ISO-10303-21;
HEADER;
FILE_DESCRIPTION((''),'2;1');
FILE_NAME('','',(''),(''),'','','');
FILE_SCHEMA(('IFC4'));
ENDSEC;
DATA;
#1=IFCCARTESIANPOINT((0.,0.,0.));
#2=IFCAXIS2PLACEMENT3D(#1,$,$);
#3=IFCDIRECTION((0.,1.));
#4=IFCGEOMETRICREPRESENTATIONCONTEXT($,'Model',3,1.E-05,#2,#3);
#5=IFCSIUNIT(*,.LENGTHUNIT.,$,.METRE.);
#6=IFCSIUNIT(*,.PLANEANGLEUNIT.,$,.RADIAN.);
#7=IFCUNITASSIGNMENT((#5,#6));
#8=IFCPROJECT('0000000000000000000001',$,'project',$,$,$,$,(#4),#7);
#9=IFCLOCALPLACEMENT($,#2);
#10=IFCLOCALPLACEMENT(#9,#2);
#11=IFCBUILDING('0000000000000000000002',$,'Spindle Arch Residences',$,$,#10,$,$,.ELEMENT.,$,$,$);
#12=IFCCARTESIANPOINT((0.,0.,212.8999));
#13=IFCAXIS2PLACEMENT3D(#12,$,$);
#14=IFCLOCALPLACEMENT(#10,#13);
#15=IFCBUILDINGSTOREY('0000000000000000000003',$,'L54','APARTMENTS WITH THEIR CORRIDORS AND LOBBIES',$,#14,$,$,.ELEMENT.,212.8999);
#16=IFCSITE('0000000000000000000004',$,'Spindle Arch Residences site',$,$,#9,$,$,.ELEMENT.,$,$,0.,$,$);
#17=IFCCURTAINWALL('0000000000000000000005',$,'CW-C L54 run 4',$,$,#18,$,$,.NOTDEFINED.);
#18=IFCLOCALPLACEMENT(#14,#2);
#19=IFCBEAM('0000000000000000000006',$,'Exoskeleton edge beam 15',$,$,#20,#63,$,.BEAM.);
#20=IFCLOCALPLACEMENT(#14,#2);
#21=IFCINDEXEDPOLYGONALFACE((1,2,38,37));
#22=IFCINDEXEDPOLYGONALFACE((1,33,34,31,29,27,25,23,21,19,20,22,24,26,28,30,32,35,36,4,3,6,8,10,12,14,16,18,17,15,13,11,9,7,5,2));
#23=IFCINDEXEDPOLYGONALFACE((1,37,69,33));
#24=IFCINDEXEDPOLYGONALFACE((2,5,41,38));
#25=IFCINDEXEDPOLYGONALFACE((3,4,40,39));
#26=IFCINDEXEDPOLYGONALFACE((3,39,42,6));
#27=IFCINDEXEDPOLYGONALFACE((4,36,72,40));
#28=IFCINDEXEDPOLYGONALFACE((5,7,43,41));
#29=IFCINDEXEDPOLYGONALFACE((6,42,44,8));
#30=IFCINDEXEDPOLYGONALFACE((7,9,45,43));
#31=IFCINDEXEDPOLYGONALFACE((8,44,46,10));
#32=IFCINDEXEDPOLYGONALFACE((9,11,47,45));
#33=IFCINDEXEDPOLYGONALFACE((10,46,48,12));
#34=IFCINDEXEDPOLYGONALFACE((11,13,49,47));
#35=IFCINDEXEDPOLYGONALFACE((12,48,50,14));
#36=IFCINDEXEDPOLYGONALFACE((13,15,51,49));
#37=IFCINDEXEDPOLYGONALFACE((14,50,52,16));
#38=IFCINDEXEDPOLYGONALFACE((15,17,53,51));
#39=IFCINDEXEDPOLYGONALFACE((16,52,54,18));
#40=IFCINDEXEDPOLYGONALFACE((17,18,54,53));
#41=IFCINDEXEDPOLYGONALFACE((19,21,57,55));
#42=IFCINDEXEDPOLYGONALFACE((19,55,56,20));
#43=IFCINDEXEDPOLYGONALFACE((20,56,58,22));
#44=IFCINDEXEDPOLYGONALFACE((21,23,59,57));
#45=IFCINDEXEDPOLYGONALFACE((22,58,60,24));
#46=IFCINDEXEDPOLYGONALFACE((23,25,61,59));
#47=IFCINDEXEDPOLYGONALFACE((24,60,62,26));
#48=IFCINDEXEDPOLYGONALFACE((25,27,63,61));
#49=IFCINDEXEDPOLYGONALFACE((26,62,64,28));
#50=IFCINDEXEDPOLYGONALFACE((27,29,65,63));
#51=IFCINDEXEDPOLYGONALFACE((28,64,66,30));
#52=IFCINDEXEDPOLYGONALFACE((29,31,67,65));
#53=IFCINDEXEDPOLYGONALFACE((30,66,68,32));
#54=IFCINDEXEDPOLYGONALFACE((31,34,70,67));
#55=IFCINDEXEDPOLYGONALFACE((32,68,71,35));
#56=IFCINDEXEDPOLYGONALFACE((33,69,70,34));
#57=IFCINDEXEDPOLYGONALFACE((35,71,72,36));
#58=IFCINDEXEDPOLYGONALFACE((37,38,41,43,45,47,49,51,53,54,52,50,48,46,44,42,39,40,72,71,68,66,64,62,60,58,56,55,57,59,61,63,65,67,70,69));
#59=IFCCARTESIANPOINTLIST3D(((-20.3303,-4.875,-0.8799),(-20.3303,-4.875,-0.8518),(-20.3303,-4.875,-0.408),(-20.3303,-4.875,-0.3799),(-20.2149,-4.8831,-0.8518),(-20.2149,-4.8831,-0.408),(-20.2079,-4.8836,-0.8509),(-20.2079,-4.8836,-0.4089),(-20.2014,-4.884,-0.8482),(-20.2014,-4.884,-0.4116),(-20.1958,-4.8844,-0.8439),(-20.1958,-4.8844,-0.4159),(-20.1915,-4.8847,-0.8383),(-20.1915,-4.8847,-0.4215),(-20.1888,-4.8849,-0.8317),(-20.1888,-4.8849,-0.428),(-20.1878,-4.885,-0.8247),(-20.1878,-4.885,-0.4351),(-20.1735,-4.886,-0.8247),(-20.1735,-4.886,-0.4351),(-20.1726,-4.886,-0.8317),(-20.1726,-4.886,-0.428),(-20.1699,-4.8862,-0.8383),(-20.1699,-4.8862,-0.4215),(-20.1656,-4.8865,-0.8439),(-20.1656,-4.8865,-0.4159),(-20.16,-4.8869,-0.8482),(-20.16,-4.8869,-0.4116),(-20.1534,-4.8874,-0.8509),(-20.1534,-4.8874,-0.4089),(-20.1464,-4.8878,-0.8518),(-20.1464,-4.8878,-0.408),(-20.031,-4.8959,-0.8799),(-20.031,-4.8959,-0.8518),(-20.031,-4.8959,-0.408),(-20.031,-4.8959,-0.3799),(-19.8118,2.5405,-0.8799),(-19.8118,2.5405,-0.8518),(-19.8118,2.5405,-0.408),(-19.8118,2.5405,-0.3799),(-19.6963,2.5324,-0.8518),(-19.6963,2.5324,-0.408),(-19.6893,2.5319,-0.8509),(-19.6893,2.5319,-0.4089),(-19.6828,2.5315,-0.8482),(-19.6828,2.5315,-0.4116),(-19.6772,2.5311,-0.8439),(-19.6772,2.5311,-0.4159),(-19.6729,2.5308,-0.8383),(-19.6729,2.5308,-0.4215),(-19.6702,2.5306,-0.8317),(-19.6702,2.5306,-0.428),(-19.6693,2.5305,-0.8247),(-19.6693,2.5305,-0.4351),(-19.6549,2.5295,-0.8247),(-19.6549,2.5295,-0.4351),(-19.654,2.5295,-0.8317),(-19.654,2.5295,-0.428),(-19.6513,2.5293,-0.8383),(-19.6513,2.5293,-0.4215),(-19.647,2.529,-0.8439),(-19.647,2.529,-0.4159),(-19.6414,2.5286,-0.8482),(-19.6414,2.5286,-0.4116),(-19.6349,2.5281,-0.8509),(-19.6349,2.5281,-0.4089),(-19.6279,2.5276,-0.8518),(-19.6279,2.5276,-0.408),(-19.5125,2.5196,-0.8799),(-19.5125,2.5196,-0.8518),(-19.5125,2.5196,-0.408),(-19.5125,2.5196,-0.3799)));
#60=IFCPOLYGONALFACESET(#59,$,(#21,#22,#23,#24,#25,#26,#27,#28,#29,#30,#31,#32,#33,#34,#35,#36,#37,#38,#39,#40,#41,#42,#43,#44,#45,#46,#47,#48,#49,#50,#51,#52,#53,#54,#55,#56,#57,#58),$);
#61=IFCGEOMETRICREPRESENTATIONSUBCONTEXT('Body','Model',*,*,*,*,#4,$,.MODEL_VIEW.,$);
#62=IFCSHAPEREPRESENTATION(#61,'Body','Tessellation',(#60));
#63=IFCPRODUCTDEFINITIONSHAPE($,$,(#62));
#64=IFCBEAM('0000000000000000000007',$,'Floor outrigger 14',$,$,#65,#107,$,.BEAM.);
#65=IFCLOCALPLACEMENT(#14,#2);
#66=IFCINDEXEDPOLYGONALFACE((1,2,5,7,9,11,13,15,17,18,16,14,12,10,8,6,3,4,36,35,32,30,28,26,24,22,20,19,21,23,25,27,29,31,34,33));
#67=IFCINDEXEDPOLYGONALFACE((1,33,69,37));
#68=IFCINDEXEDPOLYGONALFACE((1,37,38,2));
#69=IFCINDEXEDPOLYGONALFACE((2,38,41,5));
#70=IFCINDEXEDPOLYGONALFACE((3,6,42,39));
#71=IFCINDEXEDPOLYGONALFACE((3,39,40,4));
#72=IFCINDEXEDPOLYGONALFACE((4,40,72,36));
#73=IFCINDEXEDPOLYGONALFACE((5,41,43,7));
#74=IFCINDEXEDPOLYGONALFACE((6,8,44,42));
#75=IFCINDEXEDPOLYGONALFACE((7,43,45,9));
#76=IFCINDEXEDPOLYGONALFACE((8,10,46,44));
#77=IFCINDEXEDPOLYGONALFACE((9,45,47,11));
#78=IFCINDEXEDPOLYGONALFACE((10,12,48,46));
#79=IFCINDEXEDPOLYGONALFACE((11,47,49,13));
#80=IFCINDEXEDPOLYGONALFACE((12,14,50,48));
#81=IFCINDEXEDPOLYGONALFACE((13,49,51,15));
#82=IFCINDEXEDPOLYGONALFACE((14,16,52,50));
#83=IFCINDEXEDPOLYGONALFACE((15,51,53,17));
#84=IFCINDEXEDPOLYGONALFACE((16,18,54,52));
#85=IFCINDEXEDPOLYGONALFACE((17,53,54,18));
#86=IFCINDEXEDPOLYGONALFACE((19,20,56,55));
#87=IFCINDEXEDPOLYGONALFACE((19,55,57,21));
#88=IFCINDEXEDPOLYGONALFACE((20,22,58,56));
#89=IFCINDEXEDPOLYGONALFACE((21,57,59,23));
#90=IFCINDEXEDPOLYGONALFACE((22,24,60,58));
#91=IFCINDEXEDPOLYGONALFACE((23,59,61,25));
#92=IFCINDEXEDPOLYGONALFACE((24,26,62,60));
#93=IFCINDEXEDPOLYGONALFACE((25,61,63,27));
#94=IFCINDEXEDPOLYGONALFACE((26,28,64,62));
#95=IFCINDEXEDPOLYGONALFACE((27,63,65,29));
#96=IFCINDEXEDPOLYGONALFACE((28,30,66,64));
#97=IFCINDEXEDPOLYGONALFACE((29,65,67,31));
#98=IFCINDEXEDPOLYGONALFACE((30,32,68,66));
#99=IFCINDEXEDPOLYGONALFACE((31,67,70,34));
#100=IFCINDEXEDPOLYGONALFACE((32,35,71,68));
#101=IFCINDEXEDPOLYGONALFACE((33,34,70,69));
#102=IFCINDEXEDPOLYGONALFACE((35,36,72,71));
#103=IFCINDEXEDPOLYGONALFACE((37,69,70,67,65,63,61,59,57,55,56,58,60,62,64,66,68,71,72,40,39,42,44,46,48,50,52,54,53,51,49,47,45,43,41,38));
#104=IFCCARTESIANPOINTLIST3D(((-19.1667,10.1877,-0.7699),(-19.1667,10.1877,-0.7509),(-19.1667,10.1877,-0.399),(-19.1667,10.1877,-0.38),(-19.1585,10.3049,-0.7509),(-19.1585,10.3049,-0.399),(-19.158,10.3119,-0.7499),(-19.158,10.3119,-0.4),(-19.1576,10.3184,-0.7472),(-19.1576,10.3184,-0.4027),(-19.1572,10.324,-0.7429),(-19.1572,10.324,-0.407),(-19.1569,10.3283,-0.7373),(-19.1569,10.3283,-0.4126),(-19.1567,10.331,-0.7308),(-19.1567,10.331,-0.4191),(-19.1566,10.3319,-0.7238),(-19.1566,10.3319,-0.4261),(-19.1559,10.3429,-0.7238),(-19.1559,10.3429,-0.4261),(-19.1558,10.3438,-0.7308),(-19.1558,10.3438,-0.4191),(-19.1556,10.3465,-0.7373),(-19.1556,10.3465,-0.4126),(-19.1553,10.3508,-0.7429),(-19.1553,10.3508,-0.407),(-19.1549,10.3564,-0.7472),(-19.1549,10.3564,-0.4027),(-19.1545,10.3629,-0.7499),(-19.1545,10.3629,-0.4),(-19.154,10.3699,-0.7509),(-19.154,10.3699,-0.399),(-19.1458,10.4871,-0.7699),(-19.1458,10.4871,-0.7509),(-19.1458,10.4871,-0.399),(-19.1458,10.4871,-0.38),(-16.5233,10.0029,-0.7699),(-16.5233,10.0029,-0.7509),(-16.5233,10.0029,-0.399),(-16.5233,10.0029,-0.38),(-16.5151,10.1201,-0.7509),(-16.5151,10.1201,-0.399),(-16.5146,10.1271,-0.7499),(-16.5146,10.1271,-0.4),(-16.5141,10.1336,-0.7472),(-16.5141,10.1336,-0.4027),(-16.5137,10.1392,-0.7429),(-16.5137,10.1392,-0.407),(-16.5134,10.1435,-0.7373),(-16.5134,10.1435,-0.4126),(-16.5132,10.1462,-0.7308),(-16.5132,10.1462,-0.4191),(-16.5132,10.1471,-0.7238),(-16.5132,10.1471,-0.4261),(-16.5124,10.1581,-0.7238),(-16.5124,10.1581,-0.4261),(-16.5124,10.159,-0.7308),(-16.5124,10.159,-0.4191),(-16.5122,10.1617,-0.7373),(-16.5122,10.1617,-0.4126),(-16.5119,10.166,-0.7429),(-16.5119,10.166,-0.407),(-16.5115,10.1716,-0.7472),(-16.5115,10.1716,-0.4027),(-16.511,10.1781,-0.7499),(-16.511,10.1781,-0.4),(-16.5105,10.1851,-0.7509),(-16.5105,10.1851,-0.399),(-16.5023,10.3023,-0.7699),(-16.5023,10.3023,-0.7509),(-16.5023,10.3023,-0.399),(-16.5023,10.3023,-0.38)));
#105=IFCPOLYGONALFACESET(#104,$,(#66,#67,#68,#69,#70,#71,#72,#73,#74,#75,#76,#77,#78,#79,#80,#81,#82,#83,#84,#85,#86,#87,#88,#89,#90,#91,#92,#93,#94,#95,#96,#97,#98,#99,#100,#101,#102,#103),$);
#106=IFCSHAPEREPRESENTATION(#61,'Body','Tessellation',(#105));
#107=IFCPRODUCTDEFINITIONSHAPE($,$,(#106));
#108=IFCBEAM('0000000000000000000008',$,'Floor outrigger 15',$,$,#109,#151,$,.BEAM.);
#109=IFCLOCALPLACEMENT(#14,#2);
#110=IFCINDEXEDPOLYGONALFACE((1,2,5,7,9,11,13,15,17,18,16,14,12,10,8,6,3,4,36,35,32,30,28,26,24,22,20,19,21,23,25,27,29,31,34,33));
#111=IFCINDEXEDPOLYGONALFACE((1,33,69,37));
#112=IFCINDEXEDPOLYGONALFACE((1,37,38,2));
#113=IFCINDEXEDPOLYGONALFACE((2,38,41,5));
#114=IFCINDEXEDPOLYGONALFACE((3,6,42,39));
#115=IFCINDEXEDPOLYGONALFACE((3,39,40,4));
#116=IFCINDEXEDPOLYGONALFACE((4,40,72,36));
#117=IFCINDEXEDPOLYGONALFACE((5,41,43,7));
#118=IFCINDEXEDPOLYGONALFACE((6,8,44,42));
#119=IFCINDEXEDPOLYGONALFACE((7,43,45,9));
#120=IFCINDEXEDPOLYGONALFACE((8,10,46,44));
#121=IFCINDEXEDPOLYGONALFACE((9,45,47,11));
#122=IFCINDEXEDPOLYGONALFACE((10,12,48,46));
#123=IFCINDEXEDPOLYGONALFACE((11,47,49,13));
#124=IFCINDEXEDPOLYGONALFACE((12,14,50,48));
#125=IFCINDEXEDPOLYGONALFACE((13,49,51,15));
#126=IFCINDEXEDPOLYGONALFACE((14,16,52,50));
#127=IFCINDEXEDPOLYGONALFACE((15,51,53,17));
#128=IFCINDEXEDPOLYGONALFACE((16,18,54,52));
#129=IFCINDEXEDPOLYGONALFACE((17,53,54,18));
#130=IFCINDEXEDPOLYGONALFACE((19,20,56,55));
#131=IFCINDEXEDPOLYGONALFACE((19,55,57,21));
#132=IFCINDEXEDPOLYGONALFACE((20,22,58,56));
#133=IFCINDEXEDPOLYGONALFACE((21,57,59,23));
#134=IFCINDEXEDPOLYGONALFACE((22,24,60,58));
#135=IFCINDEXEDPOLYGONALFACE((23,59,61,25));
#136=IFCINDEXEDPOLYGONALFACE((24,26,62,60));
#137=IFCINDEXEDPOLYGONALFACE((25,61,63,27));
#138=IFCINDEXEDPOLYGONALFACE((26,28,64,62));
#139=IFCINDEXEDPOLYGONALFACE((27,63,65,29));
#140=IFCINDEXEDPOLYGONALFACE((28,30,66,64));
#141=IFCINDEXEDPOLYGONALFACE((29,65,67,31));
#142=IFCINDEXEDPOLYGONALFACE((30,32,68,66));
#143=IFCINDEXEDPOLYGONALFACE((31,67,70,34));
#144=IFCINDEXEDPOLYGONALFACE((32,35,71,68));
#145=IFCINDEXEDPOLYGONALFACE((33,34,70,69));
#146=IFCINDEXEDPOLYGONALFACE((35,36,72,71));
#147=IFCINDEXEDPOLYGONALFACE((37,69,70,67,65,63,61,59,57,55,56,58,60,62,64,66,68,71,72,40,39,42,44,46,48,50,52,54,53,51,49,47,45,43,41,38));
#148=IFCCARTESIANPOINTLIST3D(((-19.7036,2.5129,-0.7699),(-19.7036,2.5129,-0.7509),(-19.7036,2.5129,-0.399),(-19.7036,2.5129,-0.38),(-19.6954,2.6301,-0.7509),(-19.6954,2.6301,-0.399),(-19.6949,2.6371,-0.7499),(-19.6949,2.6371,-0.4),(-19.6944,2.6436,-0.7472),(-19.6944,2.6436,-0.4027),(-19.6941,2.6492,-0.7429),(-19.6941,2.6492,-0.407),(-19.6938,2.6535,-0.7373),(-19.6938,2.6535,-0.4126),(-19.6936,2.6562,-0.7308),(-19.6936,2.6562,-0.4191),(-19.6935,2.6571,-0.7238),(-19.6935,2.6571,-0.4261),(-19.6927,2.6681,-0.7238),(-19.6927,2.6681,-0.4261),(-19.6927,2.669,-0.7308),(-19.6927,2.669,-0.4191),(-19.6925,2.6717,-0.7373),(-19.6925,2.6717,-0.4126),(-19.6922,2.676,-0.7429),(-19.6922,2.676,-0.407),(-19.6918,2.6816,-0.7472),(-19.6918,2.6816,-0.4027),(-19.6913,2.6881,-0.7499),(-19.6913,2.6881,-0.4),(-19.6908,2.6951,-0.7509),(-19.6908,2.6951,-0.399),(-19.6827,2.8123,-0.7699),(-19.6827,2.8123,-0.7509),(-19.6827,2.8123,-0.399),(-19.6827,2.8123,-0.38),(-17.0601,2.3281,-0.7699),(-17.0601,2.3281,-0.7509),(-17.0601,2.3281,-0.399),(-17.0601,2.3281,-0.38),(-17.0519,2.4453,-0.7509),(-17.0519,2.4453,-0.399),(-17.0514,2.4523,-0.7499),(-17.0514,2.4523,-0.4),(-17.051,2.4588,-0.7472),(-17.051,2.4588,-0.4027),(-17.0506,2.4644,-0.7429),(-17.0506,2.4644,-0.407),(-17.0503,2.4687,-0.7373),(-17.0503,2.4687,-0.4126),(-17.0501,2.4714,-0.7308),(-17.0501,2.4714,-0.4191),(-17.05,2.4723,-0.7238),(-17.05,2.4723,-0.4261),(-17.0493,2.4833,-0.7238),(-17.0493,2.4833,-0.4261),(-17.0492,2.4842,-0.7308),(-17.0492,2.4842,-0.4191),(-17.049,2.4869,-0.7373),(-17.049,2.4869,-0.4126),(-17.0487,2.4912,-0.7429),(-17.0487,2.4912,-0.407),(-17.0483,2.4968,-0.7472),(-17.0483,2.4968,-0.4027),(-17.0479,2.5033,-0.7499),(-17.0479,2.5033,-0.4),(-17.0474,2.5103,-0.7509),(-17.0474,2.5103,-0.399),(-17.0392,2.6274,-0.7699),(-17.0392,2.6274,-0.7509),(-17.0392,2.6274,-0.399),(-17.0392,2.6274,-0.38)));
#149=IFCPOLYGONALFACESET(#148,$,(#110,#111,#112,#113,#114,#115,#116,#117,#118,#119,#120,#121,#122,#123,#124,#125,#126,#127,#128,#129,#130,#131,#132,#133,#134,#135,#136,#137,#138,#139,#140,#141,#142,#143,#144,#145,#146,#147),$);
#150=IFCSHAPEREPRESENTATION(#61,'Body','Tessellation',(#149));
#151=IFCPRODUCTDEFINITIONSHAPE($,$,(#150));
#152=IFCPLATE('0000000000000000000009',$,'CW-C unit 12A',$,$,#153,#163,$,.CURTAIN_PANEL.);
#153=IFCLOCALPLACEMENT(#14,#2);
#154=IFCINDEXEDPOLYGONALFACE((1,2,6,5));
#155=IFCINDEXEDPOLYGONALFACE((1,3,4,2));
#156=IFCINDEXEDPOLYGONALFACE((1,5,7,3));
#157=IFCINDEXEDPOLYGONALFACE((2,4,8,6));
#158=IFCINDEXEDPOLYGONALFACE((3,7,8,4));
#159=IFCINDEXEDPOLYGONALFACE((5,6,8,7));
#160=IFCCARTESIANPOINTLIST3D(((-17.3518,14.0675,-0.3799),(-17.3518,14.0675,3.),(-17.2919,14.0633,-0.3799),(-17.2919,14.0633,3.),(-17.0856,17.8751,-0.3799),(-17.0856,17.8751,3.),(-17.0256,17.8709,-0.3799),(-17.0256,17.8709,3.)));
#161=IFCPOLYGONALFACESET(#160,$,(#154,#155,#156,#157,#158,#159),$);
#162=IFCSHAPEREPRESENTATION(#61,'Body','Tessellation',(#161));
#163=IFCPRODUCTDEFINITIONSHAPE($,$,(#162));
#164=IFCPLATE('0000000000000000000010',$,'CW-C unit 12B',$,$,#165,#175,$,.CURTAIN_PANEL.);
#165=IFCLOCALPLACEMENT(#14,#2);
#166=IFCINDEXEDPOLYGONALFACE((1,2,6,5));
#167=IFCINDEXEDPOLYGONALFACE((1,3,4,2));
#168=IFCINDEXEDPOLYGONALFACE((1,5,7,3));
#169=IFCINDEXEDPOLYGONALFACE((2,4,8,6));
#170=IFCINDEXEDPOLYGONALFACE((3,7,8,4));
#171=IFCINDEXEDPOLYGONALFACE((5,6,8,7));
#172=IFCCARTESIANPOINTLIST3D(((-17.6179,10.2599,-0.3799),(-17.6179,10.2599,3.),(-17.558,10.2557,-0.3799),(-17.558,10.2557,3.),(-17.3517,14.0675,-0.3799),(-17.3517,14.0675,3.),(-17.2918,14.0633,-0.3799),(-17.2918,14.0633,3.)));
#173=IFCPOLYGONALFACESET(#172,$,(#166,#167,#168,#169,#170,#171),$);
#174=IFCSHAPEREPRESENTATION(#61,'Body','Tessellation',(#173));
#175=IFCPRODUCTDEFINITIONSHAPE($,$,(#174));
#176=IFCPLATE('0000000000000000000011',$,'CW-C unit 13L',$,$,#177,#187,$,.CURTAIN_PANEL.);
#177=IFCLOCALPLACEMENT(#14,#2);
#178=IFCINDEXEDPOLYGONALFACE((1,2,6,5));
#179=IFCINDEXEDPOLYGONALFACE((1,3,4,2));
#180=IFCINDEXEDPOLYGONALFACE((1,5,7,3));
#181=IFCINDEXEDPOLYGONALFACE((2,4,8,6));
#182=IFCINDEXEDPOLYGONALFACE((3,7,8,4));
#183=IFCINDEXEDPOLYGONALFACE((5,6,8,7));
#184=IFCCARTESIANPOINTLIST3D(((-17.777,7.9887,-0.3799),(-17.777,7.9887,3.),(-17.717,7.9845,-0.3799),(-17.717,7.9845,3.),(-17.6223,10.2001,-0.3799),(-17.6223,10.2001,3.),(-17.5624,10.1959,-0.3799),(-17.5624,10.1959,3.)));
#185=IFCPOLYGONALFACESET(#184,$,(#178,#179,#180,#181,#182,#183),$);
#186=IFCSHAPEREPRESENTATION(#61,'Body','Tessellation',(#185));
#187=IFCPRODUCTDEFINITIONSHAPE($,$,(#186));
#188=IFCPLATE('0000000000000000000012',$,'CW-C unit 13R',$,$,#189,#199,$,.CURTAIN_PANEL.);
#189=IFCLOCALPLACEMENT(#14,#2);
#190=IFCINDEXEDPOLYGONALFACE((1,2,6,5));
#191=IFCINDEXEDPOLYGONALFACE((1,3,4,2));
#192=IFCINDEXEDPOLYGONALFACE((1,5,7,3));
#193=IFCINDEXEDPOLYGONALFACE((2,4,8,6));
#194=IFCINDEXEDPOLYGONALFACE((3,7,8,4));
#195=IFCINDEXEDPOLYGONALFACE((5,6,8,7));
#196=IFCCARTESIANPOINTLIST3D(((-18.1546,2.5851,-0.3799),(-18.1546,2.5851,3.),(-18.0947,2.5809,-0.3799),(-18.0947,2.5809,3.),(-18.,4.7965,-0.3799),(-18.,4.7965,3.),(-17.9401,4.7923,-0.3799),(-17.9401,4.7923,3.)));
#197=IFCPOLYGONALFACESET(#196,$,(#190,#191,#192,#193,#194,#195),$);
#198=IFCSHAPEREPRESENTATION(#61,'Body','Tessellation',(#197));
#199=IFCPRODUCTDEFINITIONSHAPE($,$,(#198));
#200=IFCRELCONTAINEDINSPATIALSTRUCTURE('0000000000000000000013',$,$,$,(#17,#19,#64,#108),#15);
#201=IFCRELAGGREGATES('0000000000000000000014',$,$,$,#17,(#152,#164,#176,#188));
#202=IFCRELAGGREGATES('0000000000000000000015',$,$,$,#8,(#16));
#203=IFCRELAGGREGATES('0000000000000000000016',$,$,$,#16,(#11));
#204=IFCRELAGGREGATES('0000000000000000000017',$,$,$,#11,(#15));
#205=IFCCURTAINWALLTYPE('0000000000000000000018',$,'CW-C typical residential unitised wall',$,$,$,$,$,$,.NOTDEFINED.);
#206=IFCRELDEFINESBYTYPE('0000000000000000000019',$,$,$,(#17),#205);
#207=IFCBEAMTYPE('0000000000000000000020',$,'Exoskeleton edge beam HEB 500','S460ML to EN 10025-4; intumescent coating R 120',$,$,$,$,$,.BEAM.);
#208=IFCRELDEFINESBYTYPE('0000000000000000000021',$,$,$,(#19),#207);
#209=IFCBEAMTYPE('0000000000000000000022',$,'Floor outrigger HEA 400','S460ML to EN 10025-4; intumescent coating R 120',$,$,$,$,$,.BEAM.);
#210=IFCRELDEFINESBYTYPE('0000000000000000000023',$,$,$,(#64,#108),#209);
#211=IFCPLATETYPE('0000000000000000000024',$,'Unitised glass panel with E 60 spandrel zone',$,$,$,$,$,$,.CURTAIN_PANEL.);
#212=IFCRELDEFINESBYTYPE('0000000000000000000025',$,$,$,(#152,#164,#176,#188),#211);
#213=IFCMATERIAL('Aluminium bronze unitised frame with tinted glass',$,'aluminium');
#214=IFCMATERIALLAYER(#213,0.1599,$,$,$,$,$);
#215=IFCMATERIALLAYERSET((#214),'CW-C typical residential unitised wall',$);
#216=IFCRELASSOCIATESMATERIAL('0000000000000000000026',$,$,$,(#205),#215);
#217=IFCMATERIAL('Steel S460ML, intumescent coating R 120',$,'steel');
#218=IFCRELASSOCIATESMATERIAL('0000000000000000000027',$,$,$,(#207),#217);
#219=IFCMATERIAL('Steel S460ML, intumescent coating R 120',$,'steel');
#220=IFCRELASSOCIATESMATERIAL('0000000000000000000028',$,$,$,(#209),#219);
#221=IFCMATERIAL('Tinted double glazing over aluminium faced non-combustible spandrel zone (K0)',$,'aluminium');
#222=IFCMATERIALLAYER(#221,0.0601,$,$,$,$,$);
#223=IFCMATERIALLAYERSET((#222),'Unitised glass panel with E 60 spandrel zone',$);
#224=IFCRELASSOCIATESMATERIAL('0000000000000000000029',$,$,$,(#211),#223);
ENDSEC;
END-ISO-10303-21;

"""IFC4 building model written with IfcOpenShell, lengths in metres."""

from ifc_helpers import new_model, si_unit, direction, frame, origin, origin_2d, place, context, subcontext, project, spatial, rectangle, i_section, extrude, material, layer, layer_set, material_profile, profile_set, type_object, element, aggregate, save


model = new_model("IFC4")

# Units and contexts
model_context = context("Model", 3, precision=1e-05, world=origin(), true_north=direction((0.0, 1.0)))
body_context = subcontext(model_context, "Body", "Model", "MODEL_VIEW")
ifc_project = project(units=[si_unit("LENGTHUNIT", "METRE"), si_unit("PLANEANGLEUNIT", "RADIAN")], contexts=[model_context])

# Site, building, storey
site_placement = place(None, origin())
site = spatial("IfcSite", under=ifc_project, at=site_placement, Name="Spindle Arch Residences site", CompositionType="ELEMENT", RefElevation=0.0)
building_placement = place(site_placement, origin())
building = spatial("IfcBuilding", under=site, at=building_placement, Name="Spindle Arch Residences", CompositionType="ELEMENT")
storey_placement = place(building_placement, frame((0.0, 0.0, 212.8999)))
storey = spatial("IfcBuildingStorey", under=building, at=storey_placement, Name="L54", Description="APARTMENTS WITH THEIR CORRIDORS AND LOBBIES", CompositionType="ELEMENT", Elevation=212.8999)

# Curtain wall
ifc_material_1 = material(Name="Aluminium bronze unitised frame with tinted glass", Category="aluminium")
ifc_layer_1 = layer(ifc_material_1, 0.1599)
ifc_layer_set_1 = layer_set([ifc_layer_1], Name="CW-C typical residential unitised wall")
curtain_wall_type = type_object("IfcCurtainWallType", Name="CW-C typical residential unitised wall", PredefinedType="NOTDEFINED", material=ifc_layer_set_1)
curtain_wall_placement = place(storey_placement, origin())
curtain_wall = element("IfcCurtainWall", 1, at=curtain_wall_placement, inside=storey, type_object=curtain_wall_type, Name="CW-C L54 run 4", PredefinedType="NOTDEFINED")

# Beams
ifc_material_2 = material(Name="Steel S460ML, intumescent coating R 120", Category="steel")
ifc_material_profile_1 = material_profile(ifc_material_2, i_section(OverallWidth=0.3, OverallDepth=0.5, WebThickness=0.0144, FlangeThickness=0.0281, FilletRadius=0.0271, at=origin_2d()), Name="HEB 500")
ifc_profile_set_1 = profile_set([ifc_material_profile_1], Name="Steel S460ML, intumescent coating R 120")
beam_type_1 = type_object("IfcBeamType", Name="Exoskeleton edge beam HEB 500", Description="S460ML to EN 10025-4; intumescent coating R 120", PredefinedType="BEAM", material=ifc_profile_set_1)
beam_1_placement = place(storey_placement, frame((-19.6621, 2.53, -0.6299), z_axis=(-0.069758, -0.997564, 0.0), x_axis=(0.997564, -0.069758, 0.0)))
element("IfcBeam", 2, at=beam_1_placement, inside=storey, type_object=beam_type_1, Name="Exoskeleton edge beam 15", PredefinedType="BEAM", context=body_context, shape_type="SweptSolid", body=[
    extrude(i_section(OverallWidth=0.3, OverallDepth=0.5, WebThickness=0.0144, FlangeThickness=0.0281, FilletRadius=0.0271, at=origin_2d()), origin(), (0.0, 0.0, 1.0), 7.4336),
])
ifc_material_3 = material(Name="Steel S460ML, intumescent coating R 120", Category="steel")
ifc_material_profile_2 = material_profile(ifc_material_3, i_section(OverallWidth=0.3, OverallDepth=0.3899, WebThickness=0.011, FlangeThickness=0.019, FilletRadius=0.0271, at=origin_2d()), Name="HEA 400")
ifc_profile_set_2 = profile_set([ifc_material_profile_2], Name="Steel S460ML, intumescent coating R 120")
beam_type_2 = type_object("IfcBeamType", Name="Floor outrigger HEA 400", Description="S460ML to EN 10025-4; intumescent coating R 120", PredefinedType="BEAM", material=ifc_profile_set_2)
for number, where, z_axis, x_axis, name in (
    (3, (-19.1562, 10.3374, -0.575), (0.997565, -0.069741, 0.0), (0.069741, 0.997565, 0.0), "Floor outrigger 14"),
    (4, (-19.6931, 2.6626, -0.575), (0.997565, -0.069741, 0.0), (0.069741, 0.997565, 0.0), "Floor outrigger 15"),
):
    element("IfcBeam", number, at=place(storey_placement, frame(where, z_axis=z_axis, x_axis=x_axis)), inside=storey, type_object=beam_type_2, Name=name, PredefinedType="BEAM", context=body_context, shape_type="SweptSolid", body=[
        extrude(i_section(OverallWidth=0.3, OverallDepth=0.3899, WebThickness=0.011, FlangeThickness=0.019, FilletRadius=0.0271, at=origin_2d()), origin(), (0.0, 0.0, 1.0), 2.6499),
    ])

# Plates
ifc_material_4 = material(Name="Tinted double glazing over aluminium faced non-combustible spandrel zone (K0)", Category="aluminium")
ifc_layer_2 = layer(ifc_material_4, 0.0601)
ifc_layer_set_2 = layer_set([ifc_layer_2], Name="Unitised glass panel with E 60 spandrel zone")
plate_type = type_object("IfcPlateType", Name="Unitised glass panel with E 60 spandrel zone", PredefinedType="CURTAIN_PANEL", material=ifc_layer_set_2)
plate_1_placement = place(storey_placement, frame((-17.1887, 15.9692, -0.3799), z_axis=(0.0, 0.0, 1.0), x_axis=(-0.069756, -0.997564, 0.0)))
plate_1 = element("IfcPlate", 5, at=plate_1_placement, type_object=plate_type, Name="CW-C unit 12A", PredefinedType="CURTAIN_PANEL", context=body_context, shape_type="SweptSolid", body=[
    extrude(rectangle(XDim=3.8169, YDim=0.0601, at=origin_2d()), origin(), (0.0, 0.0, 1.0), 3.3799),
])
plate_2_placement = place(storey_placement, frame((-17.4548, 12.1616, -0.3799), z_axis=(0.0, 0.0, 1.0), x_axis=(-0.069756, -0.997564, 0.0)))
plate_2 = element("IfcPlate", 6, at=plate_2_placement, type_object=plate_type, Name="CW-C unit 12B", PredefinedType="CURTAIN_PANEL", context=body_context, shape_type="SweptSolid", body=[
    extrude(rectangle(XDim=3.8169, YDim=0.0601, at=origin_2d()), origin(), (0.0, 0.0, 1.0), 3.3799),
])
plate_3_placement = place(storey_placement, frame((-17.6697, 9.0923, -0.3799), z_axis=(0.0, 0.0, 1.0), x_axis=(-0.069756, -0.997564, 0.0)))
plate_3 = element("IfcPlate", 7, at=plate_3_placement, type_object=plate_type, Name="CW-C unit 13L", PredefinedType="CURTAIN_PANEL", context=body_context, shape_type="SweptSolid", body=[
    extrude(rectangle(XDim=2.2168, YDim=0.0601, at=origin_2d()), origin(), (0.0, 0.0, 1.0), 3.3799),
])
plate_4_placement = place(storey_placement, frame((-18.0474, 3.6887, -0.3799), z_axis=(0.0, 0.0, 1.0), x_axis=(-0.069756, -0.997564, 0.0)))
plate_4 = element("IfcPlate", 8, at=plate_4_placement, type_object=plate_type, Name="CW-C unit 13R", PredefinedType="CURTAIN_PANEL", context=body_context, shape_type="SweptSolid", body=[
    extrude(rectangle(XDim=2.2168, YDim=0.0601, at=origin_2d()), origin(), (0.0, 0.0, 1.0), 3.3799),
])
aggregate(curtain_wall, [plate_1, plate_2, plate_3, plate_4])

save(model, "model.ifc")
